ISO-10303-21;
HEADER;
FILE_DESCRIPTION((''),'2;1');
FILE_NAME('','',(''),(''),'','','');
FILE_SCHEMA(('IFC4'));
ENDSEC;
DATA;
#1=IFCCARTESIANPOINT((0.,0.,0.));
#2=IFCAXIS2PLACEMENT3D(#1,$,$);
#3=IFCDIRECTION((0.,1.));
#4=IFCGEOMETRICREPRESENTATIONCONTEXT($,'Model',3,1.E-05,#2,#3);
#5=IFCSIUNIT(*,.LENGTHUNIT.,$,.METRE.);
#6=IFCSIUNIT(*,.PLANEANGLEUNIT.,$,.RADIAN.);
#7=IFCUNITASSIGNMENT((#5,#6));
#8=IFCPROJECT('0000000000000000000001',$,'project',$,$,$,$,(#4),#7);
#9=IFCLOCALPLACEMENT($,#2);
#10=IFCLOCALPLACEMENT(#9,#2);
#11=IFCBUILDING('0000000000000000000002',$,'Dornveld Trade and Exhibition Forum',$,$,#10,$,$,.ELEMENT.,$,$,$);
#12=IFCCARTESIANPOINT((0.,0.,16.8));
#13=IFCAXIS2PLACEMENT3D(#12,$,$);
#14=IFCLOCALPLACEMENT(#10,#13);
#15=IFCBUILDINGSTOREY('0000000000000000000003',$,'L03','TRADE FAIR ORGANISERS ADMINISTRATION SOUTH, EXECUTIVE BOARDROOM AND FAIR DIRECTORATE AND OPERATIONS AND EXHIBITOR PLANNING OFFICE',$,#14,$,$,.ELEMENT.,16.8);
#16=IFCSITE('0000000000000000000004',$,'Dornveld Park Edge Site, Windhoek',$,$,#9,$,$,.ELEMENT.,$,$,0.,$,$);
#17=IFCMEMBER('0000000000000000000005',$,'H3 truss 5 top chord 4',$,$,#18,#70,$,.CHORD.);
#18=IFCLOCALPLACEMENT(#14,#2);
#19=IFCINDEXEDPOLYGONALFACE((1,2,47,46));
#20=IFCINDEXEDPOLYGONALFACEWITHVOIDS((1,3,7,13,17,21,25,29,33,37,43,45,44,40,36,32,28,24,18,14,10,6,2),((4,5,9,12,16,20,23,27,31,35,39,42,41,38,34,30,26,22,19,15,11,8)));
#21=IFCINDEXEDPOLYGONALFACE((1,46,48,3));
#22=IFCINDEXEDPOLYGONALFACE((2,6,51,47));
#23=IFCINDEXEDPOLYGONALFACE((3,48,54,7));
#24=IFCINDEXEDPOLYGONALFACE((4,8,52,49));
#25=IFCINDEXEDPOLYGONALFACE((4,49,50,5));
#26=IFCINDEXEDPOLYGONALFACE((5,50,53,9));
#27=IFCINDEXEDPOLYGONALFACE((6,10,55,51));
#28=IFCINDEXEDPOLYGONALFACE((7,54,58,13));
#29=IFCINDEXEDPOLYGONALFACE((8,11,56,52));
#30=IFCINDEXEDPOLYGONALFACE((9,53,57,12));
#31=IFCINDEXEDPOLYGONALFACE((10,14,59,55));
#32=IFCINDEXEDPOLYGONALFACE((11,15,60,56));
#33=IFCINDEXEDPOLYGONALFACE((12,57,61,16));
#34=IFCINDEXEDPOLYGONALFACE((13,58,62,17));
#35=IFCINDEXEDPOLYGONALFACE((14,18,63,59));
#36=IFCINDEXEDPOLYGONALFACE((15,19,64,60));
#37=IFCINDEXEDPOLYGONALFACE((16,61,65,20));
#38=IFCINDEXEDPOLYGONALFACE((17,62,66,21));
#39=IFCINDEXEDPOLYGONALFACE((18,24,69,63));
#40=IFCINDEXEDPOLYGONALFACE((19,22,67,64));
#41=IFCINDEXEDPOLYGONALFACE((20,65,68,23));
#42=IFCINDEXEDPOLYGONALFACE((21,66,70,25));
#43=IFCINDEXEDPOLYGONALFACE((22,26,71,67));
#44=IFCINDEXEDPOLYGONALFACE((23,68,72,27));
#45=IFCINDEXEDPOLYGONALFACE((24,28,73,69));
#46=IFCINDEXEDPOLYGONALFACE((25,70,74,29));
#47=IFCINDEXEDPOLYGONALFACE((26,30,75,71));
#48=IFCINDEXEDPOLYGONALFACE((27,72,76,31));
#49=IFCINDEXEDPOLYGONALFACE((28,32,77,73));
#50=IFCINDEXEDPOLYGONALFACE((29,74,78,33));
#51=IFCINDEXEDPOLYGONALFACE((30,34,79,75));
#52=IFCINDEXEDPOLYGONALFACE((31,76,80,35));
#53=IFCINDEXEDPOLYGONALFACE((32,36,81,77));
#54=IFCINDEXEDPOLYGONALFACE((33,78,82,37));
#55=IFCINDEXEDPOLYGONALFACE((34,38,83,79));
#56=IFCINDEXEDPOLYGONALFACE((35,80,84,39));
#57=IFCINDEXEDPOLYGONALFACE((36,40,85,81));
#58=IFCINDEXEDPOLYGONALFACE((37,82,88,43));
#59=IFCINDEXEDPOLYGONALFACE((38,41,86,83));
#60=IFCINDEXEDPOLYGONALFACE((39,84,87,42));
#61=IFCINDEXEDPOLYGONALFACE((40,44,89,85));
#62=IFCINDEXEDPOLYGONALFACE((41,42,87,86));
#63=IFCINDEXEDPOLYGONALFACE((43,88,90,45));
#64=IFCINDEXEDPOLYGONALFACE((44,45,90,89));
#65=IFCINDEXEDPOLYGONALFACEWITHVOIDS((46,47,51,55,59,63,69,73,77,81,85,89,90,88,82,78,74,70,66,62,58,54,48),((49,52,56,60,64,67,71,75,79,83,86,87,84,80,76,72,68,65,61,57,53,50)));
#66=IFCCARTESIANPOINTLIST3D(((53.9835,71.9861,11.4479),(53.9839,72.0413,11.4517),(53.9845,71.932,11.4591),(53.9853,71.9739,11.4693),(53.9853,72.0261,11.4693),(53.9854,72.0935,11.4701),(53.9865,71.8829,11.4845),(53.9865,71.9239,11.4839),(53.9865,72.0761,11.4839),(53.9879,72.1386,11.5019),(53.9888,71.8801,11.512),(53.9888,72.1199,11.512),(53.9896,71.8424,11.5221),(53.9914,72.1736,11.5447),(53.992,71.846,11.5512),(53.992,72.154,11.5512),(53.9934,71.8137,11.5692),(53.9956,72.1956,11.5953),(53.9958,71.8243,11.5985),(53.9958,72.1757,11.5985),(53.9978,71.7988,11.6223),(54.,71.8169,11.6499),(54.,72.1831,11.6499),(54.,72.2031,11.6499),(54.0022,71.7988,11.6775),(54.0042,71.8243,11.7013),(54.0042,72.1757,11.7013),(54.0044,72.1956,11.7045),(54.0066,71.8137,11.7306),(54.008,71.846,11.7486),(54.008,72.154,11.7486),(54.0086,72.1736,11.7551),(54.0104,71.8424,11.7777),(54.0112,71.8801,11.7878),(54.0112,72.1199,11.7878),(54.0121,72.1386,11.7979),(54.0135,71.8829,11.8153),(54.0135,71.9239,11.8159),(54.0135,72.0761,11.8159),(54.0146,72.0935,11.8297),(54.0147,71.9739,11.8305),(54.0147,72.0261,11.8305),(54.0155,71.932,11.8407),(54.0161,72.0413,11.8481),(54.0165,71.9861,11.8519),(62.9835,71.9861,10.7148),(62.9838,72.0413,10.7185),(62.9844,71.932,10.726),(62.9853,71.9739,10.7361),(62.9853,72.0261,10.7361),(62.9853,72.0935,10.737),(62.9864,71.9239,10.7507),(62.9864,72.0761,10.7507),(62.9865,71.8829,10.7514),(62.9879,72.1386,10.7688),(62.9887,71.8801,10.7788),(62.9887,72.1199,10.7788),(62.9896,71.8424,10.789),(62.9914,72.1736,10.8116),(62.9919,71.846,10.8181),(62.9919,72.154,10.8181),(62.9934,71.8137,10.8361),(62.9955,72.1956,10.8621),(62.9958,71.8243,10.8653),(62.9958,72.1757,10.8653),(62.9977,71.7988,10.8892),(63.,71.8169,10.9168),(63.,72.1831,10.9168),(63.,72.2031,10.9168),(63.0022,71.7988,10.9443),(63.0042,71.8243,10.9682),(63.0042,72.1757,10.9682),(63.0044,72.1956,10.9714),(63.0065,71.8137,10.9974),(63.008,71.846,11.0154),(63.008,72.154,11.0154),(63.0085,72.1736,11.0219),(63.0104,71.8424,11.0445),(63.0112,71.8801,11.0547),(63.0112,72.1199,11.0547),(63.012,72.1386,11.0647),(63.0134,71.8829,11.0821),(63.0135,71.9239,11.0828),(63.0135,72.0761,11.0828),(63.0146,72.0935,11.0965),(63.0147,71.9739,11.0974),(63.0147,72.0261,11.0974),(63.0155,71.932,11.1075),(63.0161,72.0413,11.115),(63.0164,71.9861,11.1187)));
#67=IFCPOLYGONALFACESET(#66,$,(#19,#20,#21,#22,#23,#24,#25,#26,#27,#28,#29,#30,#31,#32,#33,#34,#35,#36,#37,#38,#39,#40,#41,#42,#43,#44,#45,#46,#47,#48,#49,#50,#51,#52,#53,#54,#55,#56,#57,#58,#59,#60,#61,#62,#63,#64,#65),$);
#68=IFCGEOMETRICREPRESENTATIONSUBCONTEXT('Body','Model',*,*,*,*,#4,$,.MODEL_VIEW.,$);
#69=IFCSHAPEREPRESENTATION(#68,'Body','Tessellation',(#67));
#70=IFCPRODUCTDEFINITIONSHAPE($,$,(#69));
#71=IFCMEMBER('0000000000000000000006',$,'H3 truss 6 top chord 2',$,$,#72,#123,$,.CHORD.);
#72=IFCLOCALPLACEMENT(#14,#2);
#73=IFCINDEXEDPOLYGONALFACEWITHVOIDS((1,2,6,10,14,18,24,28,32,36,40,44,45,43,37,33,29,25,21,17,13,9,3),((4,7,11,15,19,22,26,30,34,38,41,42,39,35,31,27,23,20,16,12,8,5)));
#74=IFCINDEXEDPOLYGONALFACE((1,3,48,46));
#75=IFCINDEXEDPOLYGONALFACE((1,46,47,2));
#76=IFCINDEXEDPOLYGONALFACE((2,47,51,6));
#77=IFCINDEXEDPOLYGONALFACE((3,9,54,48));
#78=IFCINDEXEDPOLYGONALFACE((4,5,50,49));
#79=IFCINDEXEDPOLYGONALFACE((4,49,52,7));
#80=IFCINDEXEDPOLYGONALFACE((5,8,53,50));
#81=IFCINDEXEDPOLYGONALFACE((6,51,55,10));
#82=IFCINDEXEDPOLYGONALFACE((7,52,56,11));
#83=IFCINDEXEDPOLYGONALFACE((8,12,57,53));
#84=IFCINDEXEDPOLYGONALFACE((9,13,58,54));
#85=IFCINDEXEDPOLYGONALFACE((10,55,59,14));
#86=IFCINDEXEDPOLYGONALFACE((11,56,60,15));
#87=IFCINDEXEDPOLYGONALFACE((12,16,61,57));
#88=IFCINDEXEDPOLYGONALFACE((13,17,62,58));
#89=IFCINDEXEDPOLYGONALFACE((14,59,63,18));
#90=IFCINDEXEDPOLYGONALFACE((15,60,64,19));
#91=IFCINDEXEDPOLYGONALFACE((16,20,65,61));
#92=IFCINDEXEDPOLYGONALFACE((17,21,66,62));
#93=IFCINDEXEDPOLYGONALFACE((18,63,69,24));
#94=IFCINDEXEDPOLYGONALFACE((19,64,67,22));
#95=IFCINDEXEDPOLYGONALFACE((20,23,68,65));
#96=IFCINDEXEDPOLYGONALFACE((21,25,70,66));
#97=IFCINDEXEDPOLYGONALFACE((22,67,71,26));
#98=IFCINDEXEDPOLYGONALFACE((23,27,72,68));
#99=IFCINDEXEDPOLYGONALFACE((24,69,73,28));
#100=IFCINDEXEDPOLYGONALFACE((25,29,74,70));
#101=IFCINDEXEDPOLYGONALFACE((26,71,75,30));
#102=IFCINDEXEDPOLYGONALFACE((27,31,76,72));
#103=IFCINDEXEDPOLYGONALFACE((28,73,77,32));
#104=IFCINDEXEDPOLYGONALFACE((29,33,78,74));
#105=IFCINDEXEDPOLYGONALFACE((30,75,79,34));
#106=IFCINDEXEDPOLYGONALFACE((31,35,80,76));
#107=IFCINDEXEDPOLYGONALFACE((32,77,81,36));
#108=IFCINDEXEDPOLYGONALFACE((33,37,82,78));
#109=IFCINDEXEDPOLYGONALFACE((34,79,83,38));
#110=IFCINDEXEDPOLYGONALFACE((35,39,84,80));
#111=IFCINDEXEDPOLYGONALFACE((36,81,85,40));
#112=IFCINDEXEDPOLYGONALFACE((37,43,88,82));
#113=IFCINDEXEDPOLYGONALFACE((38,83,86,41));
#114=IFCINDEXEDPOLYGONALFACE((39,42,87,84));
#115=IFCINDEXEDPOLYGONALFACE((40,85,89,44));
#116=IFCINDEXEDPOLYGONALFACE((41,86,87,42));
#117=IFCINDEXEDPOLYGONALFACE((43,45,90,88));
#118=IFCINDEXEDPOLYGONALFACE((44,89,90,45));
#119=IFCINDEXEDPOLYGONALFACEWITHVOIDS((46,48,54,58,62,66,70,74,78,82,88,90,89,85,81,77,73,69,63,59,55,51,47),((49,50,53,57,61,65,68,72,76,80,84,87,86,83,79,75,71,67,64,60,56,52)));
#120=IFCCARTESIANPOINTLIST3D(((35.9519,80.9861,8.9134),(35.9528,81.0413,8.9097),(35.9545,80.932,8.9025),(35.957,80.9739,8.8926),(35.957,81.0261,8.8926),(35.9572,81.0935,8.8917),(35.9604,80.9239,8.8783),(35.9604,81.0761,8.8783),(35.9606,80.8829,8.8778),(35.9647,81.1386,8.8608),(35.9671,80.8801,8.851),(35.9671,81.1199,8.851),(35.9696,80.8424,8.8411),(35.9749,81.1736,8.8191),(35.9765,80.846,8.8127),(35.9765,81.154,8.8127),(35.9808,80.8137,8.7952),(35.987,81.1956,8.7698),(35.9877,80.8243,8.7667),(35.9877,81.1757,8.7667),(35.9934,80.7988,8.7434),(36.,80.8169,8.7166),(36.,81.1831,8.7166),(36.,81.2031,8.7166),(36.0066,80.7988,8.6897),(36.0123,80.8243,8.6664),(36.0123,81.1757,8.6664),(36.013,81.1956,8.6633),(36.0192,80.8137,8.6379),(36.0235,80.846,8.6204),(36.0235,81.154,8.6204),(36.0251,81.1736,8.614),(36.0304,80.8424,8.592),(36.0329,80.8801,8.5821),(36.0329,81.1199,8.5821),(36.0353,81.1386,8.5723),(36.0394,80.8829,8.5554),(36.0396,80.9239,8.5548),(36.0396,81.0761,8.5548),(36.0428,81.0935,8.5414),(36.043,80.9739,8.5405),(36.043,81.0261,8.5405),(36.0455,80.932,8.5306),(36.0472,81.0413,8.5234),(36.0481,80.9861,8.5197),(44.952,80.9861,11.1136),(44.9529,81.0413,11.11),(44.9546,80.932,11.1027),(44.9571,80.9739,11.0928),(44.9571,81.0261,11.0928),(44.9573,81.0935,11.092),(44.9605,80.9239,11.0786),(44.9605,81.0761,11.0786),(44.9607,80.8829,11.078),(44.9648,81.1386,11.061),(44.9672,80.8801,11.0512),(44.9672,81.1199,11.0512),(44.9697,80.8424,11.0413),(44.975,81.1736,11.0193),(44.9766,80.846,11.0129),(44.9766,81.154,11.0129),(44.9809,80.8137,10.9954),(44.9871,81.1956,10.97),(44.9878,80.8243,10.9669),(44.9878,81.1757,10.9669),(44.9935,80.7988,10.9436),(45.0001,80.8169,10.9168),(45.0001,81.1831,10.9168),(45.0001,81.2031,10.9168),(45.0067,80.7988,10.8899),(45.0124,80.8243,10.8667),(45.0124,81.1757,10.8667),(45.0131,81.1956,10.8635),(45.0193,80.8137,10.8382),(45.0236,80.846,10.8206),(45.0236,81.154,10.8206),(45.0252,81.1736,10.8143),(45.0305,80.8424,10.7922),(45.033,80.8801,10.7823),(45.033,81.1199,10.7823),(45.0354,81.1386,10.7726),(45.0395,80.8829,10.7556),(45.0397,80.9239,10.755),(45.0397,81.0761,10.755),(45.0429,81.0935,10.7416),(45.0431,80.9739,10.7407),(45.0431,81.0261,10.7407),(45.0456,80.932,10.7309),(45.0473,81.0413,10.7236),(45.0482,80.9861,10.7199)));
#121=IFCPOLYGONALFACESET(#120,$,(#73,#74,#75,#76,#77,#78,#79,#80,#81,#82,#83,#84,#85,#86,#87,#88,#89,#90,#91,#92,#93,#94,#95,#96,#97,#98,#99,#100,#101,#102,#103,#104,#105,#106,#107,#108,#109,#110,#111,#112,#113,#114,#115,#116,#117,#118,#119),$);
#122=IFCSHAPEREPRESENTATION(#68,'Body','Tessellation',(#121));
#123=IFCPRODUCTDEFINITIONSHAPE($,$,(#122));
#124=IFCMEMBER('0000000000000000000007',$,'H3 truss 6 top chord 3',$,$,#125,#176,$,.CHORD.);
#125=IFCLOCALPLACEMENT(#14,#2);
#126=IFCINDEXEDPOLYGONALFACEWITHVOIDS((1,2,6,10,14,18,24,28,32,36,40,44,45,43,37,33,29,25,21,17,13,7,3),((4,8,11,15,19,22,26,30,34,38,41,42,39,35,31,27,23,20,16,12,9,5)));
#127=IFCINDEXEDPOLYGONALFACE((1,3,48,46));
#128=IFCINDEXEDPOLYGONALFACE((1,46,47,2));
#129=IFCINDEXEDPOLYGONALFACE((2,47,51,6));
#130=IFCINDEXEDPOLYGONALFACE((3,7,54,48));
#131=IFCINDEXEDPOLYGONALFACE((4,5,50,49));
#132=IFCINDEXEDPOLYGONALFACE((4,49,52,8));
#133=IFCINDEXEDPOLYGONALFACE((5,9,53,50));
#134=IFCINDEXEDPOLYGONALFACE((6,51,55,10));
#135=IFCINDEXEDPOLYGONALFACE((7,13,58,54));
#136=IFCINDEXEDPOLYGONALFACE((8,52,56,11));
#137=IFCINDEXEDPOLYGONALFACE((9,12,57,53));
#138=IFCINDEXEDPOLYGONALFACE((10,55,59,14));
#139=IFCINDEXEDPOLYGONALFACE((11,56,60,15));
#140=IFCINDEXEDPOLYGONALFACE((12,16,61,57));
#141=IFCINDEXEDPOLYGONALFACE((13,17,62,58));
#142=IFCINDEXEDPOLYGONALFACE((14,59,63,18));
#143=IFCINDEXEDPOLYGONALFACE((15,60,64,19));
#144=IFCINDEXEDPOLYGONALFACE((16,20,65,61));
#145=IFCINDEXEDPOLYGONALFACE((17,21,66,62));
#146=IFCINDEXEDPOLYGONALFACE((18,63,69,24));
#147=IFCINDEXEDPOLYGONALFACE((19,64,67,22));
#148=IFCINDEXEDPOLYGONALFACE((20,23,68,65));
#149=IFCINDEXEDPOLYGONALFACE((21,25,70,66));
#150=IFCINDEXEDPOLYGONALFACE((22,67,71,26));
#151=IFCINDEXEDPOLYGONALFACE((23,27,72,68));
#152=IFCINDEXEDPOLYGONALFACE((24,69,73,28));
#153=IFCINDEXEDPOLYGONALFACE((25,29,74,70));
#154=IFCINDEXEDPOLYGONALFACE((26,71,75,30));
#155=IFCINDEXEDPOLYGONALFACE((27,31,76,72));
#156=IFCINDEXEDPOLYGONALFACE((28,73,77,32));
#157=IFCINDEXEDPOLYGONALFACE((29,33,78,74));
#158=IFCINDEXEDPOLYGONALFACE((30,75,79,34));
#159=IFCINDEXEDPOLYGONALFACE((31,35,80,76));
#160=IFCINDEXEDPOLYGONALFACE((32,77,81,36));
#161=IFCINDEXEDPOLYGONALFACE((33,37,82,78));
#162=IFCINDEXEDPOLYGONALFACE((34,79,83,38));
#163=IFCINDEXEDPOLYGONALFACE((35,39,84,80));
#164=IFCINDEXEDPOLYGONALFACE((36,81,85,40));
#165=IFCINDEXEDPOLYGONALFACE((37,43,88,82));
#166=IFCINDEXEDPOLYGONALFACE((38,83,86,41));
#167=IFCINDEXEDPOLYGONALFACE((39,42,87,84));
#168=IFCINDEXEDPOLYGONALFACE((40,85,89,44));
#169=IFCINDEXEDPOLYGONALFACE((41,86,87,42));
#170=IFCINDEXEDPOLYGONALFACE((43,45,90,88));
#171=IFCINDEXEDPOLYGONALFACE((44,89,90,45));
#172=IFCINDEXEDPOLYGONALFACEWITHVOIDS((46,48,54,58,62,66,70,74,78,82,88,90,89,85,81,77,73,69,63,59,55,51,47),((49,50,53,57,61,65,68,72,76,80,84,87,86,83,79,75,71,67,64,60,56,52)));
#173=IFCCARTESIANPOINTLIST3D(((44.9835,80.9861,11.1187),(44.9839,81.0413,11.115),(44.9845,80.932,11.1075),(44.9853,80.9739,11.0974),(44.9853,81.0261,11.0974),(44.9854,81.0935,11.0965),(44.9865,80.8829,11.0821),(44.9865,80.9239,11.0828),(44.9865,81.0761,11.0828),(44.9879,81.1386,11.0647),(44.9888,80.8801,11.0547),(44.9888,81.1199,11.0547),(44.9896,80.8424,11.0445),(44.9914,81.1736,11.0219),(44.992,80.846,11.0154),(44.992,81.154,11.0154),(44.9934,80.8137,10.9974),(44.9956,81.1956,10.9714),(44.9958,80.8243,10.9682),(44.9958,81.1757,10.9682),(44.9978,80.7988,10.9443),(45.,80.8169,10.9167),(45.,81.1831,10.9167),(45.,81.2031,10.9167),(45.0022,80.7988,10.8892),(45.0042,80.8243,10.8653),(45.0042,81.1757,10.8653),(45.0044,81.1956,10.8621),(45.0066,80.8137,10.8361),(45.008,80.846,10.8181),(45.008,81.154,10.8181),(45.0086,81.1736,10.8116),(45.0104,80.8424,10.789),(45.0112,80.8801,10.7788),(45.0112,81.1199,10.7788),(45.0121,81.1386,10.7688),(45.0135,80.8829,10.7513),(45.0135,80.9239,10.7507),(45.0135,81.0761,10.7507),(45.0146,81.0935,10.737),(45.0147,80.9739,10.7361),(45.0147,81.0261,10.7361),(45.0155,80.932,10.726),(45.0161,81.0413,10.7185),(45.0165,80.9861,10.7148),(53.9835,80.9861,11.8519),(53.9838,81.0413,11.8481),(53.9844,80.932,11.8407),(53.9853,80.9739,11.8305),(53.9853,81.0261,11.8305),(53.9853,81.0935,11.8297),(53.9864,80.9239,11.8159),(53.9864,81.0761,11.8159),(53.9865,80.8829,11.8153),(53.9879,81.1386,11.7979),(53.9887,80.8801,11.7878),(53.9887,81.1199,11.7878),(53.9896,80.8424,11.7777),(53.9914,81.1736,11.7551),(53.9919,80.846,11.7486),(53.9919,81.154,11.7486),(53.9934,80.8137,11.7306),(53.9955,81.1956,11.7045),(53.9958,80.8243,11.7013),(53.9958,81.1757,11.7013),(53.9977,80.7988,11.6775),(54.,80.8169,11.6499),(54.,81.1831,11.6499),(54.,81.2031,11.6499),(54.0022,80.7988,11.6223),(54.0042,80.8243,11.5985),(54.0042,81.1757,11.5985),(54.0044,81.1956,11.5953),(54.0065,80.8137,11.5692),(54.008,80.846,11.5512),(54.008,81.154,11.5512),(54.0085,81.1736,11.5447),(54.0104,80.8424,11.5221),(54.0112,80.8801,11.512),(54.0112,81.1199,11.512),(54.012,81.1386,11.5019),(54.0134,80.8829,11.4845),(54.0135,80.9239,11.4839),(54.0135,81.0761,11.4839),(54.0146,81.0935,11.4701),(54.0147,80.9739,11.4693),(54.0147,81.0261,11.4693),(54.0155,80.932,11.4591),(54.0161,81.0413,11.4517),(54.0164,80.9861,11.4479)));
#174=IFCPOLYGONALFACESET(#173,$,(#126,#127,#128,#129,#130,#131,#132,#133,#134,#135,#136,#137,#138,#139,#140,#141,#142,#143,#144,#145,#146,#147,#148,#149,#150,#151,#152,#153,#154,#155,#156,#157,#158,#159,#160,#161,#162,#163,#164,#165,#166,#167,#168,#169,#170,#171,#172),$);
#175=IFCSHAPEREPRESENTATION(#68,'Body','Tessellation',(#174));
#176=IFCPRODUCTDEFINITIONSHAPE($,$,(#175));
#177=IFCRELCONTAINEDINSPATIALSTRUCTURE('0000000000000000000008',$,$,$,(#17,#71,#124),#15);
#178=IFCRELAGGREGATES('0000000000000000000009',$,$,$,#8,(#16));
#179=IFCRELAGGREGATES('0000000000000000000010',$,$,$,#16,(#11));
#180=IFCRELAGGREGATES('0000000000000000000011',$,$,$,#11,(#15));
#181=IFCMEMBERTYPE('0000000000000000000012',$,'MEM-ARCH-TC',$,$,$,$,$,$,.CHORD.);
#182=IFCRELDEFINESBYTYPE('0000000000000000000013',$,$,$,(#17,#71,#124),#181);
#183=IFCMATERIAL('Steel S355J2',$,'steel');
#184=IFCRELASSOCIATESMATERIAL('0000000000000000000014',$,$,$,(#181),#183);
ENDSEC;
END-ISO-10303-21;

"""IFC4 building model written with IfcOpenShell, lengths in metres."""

from ifc_helpers import new_model, si_unit, direction, frame, origin, origin_2d, place, context, subcontext, project, spatial, hollow_circle, extrude, material, material_profile, profile_set, type_object, element, save


model = new_model("IFC4")

# Units and contexts
model_context = context("Model", 3, precision=1e-05, world=origin(), true_north=direction((0.0, 1.0)))
body_context = subcontext(model_context, "Body", "Model", "MODEL_VIEW")
ifc_project = project(units=[si_unit("LENGTHUNIT", "METRE"), si_unit("PLANEANGLEUNIT", "RADIAN")], contexts=[model_context])

# Site, building, storey
site_placement = place(None, origin())
site = spatial("IfcSite", under=ifc_project, at=site_placement, Name="Dornveld Park Edge Site, Windhoek", CompositionType="ELEMENT", RefElevation=0.0)
building_placement = place(site_placement, origin())
building = spatial("IfcBuilding", under=site, at=building_placement, Name="Dornveld Trade and Exhibition Forum", CompositionType="ELEMENT")
storey_placement = place(building_placement, frame((0.0, 0.0, 16.8)))
storey = spatial("IfcBuildingStorey", under=building, at=storey_placement, Name="L03", Description="TRADE FAIR ORGANISERS ADMINISTRATION SOUTH, EXECUTIVE BOARDROOM AND FAIR DIRECTORATE AND OPERATIONS AND EXHIBITOR PLANNING OFFICE", CompositionType="ELEMENT", Elevation=16.8)

# Members
ifc_material_1 = material(Name="Steel S355J2", Category="steel")
ifc_material_profile_1 = material_profile(ifc_material_1, hollow_circle(Radius=0.2031, WallThickness=0.02, at=origin_2d()), Name="CHS 406.4x20")
ifc_profile_set_1 = profile_set([ifc_material_profile_1], Name="Steel S355J2")
member_type_1 = type_object("IfcMemberType", Name="MEM-ARCH-TC", PredefinedType="CHORD", material=ifc_profile_set_1)
for number, where, z_axis, x_axis, name in (
    (1, (54.0, 72.0, 11.6499), (0.996698, 0.0, -0.081193), (0.0, 1.0, 0.0), "H3 truss 5 top chord 4"),
):
    element("IfcMember", number, at=place(storey_placement, frame(where, z_axis=z_axis, x_axis=x_axis)), inside=storey, type_object=member_type_1, Name=name, PredefinedType="CHORD", context=body_context, shape_type="SweptSolid", body=[
        extrude(hollow_circle(Radius=0.2031, WallThickness=0.02, at=origin_2d()), origin(), (0.0, 0.0, 1.0), 9.0298),
    ])
member_1_placement = place(storey_placement, frame((36.0, 81.0, 8.7166), z_axis=(0.971394, 0.0, 0.237473), x_axis=(0.0, 1.0, 0.0)))
element("IfcMember", 2, at=member_1_placement, inside=storey, type_object=member_type_1, Name="H3 truss 6 top chord 2", PredefinedType="CHORD", context=body_context, shape_type="SweptSolid", body=[
    extrude(hollow_circle(Radius=0.2031, WallThickness=0.02, at=origin_2d()), origin(), (0.0, 0.0, 1.0), 9.2651),
])
for number, where, z_axis, x_axis, name in (
    (3, (45.0, 81.0, 10.9167), (0.996698, 0.0, 0.081193), (0.0, 1.0, 0.0), "H3 truss 6 top chord 3"),
):
    element("IfcMember", number, at=place(storey_placement, frame(where, z_axis=z_axis, x_axis=x_axis)), inside=storey, type_object=member_type_1, Name=name, PredefinedType="CHORD", context=body_context, shape_type="SweptSolid", body=[
        extrude(hollow_circle(Radius=0.2031, WallThickness=0.02, at=origin_2d()), origin(), (0.0, 0.0, 1.0), 9.0298),
    ])

save(model, "model.ifc")
